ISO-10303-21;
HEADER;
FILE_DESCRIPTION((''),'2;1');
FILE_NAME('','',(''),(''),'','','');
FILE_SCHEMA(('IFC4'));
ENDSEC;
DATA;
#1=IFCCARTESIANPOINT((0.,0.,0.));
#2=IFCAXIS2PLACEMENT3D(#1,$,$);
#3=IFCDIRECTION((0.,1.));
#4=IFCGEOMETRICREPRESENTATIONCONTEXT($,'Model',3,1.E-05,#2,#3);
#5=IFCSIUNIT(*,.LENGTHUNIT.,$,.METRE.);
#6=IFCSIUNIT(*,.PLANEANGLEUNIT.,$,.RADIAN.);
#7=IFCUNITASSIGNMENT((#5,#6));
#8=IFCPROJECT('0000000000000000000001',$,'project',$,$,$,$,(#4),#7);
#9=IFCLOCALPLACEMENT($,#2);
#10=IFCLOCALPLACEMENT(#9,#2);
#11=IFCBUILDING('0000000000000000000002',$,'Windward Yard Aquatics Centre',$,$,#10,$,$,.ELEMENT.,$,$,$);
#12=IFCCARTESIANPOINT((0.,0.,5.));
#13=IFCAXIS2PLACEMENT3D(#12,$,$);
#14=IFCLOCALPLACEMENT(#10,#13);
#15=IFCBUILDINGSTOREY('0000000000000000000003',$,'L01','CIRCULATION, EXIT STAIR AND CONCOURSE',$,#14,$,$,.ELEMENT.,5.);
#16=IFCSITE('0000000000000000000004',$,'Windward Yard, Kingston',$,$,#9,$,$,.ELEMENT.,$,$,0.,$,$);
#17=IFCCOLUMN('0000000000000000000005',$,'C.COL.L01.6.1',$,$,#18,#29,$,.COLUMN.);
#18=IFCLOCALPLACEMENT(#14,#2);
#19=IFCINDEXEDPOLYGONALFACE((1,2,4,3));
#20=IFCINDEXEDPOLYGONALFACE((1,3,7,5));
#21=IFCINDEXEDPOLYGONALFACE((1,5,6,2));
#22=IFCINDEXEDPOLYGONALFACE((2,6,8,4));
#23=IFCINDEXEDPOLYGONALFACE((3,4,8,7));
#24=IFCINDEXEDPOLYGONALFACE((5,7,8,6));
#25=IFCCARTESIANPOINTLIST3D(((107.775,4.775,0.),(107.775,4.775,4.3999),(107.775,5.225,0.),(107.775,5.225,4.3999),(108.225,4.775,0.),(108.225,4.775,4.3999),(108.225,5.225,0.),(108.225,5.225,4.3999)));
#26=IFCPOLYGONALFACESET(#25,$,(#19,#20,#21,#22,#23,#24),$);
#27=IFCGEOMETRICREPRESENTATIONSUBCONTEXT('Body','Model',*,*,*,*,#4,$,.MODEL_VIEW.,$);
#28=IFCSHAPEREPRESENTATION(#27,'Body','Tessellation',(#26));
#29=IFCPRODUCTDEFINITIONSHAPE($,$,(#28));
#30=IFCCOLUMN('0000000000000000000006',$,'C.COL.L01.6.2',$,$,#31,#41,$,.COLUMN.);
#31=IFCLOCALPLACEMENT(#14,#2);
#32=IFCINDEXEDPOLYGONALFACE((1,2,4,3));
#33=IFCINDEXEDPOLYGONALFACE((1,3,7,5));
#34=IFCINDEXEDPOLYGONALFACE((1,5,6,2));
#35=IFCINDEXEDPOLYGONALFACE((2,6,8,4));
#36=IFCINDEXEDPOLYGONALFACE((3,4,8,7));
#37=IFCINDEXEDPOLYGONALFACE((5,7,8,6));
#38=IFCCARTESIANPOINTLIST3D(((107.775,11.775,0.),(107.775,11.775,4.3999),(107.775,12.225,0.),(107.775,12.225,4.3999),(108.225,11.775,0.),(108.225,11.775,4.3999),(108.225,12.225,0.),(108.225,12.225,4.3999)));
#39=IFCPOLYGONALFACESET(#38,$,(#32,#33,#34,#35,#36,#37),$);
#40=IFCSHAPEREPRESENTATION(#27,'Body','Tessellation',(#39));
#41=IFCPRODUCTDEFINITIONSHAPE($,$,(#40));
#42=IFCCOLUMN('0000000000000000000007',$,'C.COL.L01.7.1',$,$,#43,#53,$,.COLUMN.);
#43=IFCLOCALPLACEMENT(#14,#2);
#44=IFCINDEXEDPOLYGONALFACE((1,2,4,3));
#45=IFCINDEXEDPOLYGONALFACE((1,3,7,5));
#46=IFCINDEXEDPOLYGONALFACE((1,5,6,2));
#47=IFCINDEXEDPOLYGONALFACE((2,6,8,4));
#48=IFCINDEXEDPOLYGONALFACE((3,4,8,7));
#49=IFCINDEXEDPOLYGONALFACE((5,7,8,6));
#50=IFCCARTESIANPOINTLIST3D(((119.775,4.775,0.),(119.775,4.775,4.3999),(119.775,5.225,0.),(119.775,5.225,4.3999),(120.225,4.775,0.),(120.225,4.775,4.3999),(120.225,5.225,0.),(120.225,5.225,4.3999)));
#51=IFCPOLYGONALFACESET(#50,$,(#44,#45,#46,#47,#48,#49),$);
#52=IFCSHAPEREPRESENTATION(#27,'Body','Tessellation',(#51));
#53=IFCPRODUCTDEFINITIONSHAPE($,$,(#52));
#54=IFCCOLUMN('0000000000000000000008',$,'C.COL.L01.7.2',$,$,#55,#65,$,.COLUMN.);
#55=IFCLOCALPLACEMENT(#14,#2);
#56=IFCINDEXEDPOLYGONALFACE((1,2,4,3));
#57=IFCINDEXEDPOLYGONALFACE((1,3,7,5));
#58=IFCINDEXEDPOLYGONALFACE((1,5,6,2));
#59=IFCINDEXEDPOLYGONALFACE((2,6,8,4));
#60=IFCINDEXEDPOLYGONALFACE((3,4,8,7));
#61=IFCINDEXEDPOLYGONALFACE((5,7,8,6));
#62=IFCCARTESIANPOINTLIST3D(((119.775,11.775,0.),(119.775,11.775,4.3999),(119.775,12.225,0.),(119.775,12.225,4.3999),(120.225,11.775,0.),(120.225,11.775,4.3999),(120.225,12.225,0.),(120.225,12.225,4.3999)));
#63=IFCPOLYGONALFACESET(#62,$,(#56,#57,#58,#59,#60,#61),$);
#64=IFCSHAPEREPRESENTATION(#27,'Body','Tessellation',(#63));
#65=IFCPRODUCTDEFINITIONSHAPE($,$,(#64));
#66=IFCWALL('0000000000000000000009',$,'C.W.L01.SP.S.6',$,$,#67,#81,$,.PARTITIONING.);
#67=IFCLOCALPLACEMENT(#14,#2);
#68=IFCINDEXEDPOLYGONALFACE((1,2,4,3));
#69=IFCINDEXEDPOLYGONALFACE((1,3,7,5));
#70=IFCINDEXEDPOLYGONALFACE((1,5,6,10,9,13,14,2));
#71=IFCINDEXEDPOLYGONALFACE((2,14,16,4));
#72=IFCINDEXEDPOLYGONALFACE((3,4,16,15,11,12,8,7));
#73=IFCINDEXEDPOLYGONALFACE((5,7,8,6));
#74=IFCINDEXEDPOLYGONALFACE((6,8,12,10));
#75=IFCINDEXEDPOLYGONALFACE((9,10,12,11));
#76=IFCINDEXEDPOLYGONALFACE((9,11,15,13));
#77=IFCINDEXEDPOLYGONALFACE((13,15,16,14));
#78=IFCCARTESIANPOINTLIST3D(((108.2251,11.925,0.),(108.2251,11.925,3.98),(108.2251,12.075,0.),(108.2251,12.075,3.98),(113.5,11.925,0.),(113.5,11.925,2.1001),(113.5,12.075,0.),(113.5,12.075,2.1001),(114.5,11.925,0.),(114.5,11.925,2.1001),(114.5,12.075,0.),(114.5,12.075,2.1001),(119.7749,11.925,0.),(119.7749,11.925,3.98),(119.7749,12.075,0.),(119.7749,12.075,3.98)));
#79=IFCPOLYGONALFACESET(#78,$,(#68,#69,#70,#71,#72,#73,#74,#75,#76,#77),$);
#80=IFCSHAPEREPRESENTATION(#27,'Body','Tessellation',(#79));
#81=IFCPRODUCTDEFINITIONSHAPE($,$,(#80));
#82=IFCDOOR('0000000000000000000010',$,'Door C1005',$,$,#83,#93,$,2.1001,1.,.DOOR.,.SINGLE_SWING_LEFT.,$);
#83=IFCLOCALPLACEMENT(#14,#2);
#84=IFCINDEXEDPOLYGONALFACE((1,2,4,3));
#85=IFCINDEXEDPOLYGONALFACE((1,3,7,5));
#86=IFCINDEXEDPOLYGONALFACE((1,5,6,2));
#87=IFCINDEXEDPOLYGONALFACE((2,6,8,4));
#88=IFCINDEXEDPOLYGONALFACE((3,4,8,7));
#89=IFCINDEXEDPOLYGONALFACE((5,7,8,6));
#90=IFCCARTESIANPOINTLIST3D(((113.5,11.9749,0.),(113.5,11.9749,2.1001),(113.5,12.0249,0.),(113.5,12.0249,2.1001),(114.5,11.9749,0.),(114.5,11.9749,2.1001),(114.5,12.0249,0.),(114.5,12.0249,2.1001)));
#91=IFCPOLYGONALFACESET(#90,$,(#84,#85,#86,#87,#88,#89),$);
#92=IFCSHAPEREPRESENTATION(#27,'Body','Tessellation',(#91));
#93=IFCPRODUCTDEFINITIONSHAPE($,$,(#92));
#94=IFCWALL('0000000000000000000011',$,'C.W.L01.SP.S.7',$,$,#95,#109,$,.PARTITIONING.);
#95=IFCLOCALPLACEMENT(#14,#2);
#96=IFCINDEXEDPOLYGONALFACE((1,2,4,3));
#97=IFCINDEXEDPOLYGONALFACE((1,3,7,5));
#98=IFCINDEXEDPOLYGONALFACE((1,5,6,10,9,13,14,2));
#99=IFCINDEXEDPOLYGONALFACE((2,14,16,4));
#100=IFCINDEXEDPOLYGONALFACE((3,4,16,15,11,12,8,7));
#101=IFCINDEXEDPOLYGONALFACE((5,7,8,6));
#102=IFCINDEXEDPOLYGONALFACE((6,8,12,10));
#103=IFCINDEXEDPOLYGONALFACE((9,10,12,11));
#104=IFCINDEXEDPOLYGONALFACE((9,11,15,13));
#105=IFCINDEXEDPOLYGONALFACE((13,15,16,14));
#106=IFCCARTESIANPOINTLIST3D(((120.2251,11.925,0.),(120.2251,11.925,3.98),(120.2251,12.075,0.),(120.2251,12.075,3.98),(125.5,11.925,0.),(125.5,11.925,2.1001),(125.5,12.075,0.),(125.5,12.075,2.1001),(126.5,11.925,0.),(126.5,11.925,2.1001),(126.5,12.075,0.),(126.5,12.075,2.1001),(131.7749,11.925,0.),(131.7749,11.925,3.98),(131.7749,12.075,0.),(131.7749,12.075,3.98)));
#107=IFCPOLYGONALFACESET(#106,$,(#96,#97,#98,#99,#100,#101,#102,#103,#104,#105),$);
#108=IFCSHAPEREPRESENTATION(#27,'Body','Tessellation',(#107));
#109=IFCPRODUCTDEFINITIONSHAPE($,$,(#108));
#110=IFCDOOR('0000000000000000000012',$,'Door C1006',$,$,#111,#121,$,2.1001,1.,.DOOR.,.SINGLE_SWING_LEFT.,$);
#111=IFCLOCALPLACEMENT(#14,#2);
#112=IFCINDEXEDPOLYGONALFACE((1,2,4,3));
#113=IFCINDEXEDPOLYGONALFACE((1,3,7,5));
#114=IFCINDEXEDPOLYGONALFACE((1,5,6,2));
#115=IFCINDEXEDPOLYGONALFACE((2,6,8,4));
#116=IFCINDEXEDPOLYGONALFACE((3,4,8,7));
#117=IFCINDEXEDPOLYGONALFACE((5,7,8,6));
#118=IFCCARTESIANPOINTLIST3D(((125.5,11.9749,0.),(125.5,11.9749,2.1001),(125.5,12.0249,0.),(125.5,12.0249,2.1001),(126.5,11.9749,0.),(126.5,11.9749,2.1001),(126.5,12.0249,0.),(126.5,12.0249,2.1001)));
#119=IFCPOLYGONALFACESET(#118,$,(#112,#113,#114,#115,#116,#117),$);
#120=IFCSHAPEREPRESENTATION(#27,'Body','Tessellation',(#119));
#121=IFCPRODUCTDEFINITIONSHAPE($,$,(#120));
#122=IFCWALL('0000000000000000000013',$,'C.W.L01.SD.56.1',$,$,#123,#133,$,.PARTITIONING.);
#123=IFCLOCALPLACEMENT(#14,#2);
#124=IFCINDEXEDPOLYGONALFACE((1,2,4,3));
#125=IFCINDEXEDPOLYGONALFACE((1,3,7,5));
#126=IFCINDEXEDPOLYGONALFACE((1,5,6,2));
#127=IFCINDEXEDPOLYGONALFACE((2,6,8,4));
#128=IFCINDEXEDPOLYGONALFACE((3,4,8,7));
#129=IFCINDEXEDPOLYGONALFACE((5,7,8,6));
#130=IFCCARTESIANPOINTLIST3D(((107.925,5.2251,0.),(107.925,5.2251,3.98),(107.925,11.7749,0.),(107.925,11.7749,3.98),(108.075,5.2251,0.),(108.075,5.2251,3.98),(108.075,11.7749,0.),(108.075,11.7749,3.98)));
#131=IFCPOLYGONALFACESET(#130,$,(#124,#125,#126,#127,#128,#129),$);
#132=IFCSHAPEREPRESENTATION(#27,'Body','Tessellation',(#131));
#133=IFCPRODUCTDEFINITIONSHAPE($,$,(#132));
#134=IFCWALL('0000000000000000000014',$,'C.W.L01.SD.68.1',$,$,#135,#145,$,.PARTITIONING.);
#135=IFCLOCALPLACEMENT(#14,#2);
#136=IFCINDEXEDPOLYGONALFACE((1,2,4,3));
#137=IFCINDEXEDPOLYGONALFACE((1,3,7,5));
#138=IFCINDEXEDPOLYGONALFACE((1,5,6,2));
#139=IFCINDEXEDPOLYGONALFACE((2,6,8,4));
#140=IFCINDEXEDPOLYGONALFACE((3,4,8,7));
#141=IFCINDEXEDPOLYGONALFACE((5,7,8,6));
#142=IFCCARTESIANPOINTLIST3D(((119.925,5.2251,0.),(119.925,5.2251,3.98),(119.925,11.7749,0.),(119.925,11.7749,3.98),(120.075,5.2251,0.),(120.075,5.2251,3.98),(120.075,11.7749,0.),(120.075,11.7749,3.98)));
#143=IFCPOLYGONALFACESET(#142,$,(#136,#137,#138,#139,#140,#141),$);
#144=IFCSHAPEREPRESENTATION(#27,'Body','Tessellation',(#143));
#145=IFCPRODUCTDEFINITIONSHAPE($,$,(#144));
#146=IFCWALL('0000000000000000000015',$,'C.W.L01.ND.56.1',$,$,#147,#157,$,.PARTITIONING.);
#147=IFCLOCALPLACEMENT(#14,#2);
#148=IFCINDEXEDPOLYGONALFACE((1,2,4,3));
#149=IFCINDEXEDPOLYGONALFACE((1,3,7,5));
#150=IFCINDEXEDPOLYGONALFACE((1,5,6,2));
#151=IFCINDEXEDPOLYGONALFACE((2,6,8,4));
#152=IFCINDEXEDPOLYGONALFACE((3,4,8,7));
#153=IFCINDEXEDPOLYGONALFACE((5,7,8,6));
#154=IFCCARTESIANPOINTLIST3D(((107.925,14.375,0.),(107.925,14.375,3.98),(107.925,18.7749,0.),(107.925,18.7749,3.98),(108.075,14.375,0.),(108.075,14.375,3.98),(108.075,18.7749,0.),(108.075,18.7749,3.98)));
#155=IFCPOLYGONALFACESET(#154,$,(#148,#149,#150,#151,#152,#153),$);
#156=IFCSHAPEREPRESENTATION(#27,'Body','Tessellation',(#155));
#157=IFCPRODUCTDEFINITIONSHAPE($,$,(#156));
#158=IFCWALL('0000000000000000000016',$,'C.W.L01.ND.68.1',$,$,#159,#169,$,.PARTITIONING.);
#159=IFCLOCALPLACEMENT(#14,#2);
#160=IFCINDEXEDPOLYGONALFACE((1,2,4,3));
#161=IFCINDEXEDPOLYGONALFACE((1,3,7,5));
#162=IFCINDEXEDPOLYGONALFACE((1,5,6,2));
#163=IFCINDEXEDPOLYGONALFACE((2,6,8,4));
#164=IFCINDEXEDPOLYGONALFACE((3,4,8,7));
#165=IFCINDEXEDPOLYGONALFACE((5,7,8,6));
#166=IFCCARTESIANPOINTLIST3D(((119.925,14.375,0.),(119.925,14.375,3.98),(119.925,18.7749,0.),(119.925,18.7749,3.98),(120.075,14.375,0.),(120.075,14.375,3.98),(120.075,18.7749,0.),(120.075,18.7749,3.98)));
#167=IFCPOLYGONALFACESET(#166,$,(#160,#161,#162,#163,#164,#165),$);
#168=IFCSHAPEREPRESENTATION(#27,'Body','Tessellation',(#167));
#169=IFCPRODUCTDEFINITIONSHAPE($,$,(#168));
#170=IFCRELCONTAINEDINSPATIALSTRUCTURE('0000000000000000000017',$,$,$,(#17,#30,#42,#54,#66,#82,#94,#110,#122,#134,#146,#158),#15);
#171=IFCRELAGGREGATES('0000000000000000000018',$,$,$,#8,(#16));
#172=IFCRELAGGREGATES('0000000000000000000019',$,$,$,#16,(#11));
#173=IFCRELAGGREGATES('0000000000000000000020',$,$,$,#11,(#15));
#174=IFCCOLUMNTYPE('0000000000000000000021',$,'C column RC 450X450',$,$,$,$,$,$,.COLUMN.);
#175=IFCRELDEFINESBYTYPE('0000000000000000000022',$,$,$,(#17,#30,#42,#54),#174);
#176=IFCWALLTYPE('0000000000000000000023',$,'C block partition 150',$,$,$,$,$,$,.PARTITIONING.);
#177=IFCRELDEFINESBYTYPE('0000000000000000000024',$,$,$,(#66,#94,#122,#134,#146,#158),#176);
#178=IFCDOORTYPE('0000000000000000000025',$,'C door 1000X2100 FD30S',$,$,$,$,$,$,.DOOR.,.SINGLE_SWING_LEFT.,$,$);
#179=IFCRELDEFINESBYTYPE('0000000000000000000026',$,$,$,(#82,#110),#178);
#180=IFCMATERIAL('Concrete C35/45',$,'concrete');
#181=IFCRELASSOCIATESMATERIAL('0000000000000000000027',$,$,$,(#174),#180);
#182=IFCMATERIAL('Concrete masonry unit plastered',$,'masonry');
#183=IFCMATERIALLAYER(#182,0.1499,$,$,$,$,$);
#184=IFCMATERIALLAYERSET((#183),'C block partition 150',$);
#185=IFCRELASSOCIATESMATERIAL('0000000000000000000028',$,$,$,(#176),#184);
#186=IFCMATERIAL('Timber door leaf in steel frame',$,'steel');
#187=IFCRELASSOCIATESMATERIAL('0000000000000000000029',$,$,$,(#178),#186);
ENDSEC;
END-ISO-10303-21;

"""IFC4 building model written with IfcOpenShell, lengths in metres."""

from ifc_helpers import new_model, si_unit, direction, frame, frame_2d, origin, origin_2d, place, context, subcontext, project, spatial, rectangle, extrude, material, layer, layer_set, material_profile, profile_set, type_object, element, fill, save


model = new_model("IFC4")

# Units and contexts
model_context = context("Model", 3, precision=1e-05, world=origin(), true_north=direction((0.0, 1.0)))
body_context = subcontext(model_context, "Body", "Model", "MODEL_VIEW")
ifc_project = project(units=[si_unit("LENGTHUNIT", "METRE"), si_unit("PLANEANGLEUNIT", "RADIAN")], contexts=[model_context])

# Site, building, storey
site_placement = place(None, origin())
site = spatial("IfcSite", under=ifc_project, at=site_placement, Name="Windward Yard, Kingston", CompositionType="ELEMENT", RefElevation=0.0)
building_placement = place(site_placement, origin())
building = spatial("IfcBuilding", under=site, at=building_placement, Name="Windward Yard Aquatics Centre", CompositionType="ELEMENT")
storey_placement = place(building_placement, frame((0.0, 0.0, 5.0)))
storey = spatial("IfcBuildingStorey", under=building, at=storey_placement, Name="L01", Description="CIRCULATION, EXIT STAIR AND CONCOURSE", CompositionType="ELEMENT", Elevation=5.0)

# Columns
ifc_material_1 = material(Name="Concrete C35/45", Category="concrete")
ifc_material_profile = material_profile(ifc_material_1, rectangle(XDim=0.45, YDim=0.45, at=origin_2d()), Name="RC 450X450")
ifc_profile_set = profile_set([ifc_material_profile], Name="Concrete C35/45")
column_type = type_object("IfcColumnType", Name="C column RC 450X450", PredefinedType="COLUMN", material=ifc_profile_set)
for number, where, z_axis, x_axis, name in (
    (1, (108.0, 5.0, 0.0), (0.0, 0.0, 1.0), (1.0, 0.0, 0.0), "C.COL.L01.6.1"),
    (2, (108.0, 12.0, 0.0), (0.0, 0.0, 1.0), (1.0, 0.0, 0.0), "C.COL.L01.6.2"),
    (3, (120.0, 5.0, 0.0), (0.0, 0.0, 1.0), (1.0, 0.0, 0.0), "C.COL.L01.7.1"),
    (4, (120.0, 12.0, 0.0), (0.0, 0.0, 1.0), (1.0, 0.0, 0.0), "C.COL.L01.7.2"),
):
    element("IfcColumn", number, at=place(storey_placement, frame(where, z_axis=z_axis, x_axis=x_axis)), inside=storey, type_object=column_type, Name=name, PredefinedType="COLUMN", context=body_context, shape_type="SweptSolid", body=[
        extrude(rectangle(XDim=0.45, YDim=0.45, at=origin_2d()), origin(), (0.0, 0.0, 1.0), 4.3999),
    ])

# Walls, openings, doors
ifc_material_2 = material(Name="Concrete masonry unit plastered", Category="masonry")
ifc_layer_1 = layer(ifc_material_2, 0.1499)
ifc_layer_set_1 = layer_set([ifc_layer_1], Name="C block partition 150")
wall_type_1 = type_object("IfcWallType", Name="C block partition 150", PredefinedType="PARTITIONING", material=ifc_layer_set_1)
wall_1_placement = place(storey_placement, frame((108.2251, 12.0, 0.0), z_axis=(0.0, 0.0, 1.0), x_axis=(1.0, 0.0, 0.0)))
wall_1 = element("IfcWall", 5, at=wall_1_placement, inside=storey, type_object=wall_type_1, Name="C.W.L01.SP.S.6", PredefinedType="PARTITIONING", context=body_context, shape_type="SweptSolid", body=[
    extrude(rectangle(XDim=11.5498, YDim=0.1499, at=frame_2d((5.7749, 0.0))), origin(), (0.0, 0.0, 1.0), 3.98),
])
opening_1_placement = place(wall_1_placement, frame((5.2749, 0.0, 0.0)))
opening_1 = element("IfcOpeningElement", 6, at=opening_1_placement, cuts=wall_1, PredefinedType="OPENING", context=body_context, shape_type="SweptSolid", body=[
    extrude(rectangle(XDim=1.0, YDim=2.1001, at=frame_2d((0.5, 1.05))), frame((0.0, 0.085, 0.0), z_axis=(0.0, -1.0, 0.0), x_axis=(1.0, 0.0, 0.0)), (0.0, 0.0, 1.0), 0.1699),
])
ifc_material_3 = material(Name="Timber door leaf in steel frame", Category="steel")
door_type = type_object("IfcDoorType", Name="C door 1000X2100 FD30S", OperationType="SINGLE_SWING_LEFT", PredefinedType="DOOR", material=ifc_material_3)
door_1_placement = place(opening_1_placement, origin())
door_1 = element("IfcDoor", 7, at=door_1_placement, inside=storey, type_object=door_type, Name="Door C1005", OperationType="SINGLE_SWING_LEFT", OverallHeight=2.1001, OverallWidth=1.0, PredefinedType="DOOR", context=body_context, shape_type="SweptSolid", body=[
    extrude(rectangle(XDim=1.0, YDim=2.1001, at=frame_2d((0.5, 1.05))), frame((0.0, 0.0249, 0.0), z_axis=(0.0, -1.0, 0.0), x_axis=(1.0, 0.0, 0.0)), (0.0, 0.0, 1.0), 0.05),
])
fill(opening_1, door_1)
wall_2_placement = place(storey_placement, frame((120.2251, 12.0, 0.0), z_axis=(0.0, 0.0, 1.0), x_axis=(1.0, 0.0, 0.0)))
wall_2 = element("IfcWall", 8, at=wall_2_placement, inside=storey, type_object=wall_type_1, Name="C.W.L01.SP.S.7", PredefinedType="PARTITIONING", context=body_context, shape_type="SweptSolid", body=[
    extrude(rectangle(XDim=11.5498, YDim=0.1499, at=frame_2d((5.7749, 0.0))), origin(), (0.0, 0.0, 1.0), 3.98),
])
opening_2_placement = place(wall_2_placement, frame((5.2749, 0.0, 0.0)))
opening_2 = element("IfcOpeningElement", 9, at=opening_2_placement, cuts=wall_2, PredefinedType="OPENING", context=body_context, shape_type="SweptSolid", body=[
    extrude(rectangle(XDim=1.0, YDim=2.1001, at=frame_2d((0.5, 1.05))), frame((0.0, 0.085, 0.0), z_axis=(0.0, -1.0, 0.0), x_axis=(1.0, 0.0, 0.0)), (0.0, 0.0, 1.0), 0.1699),
])
door_2_placement = place(opening_2_placement, origin())
door_2 = element("IfcDoor", 10, at=door_2_placement, inside=storey, type_object=door_type, Name="Door C1006", OperationType="SINGLE_SWING_LEFT", OverallHeight=2.1001, OverallWidth=1.0, PredefinedType="DOOR", context=body_context, shape_type="SweptSolid", body=[
    extrude(rectangle(XDim=1.0, YDim=2.1001, at=frame_2d((0.5, 1.05))), frame((0.0, 0.0249, 0.0), z_axis=(0.0, -1.0, 0.0), x_axis=(1.0, 0.0, 0.0)), (0.0, 0.0, 1.0), 0.05),
])
fill(opening_2, door_2)

# Walls
for number, where, z_axis, x_axis, name in (
    (11, (108.0, 5.2251, 0.0), (0.0, 0.0, 1.0), (0.0, 1.0, 0.0), "C.W.L01.SD.56.1"),
    (12, (120.0, 5.2251, 0.0), (0.0, 0.0, 1.0), (0.0, 1.0, 0.0), "C.W.L01.SD.68.1"),
):
    element("IfcWall", number, at=place(storey_placement, frame(where, z_axis=z_axis, x_axis=x_axis)), inside=storey, type_object=wall_type_1, Name=name, PredefinedType="PARTITIONING", context=body_context, shape_type="SweptSolid", body=[
        extrude(rectangle(XDim=6.5498, YDim=0.1499, at=frame_2d((3.2749, 0.0))), origin(), (0.0, 0.0, 1.0), 3.98),
    ])
for number, where, z_axis, x_axis, name in (
    (13, (108.0, 14.375, 0.0), (0.0, 0.0, 1.0), (0.0, 1.0, 0.0), "C.W.L01.ND.56.1"),
    (14, (120.0, 14.375, 0.0), (0.0, 0.0, 1.0), (0.0, 1.0, 0.0), "C.W.L01.ND.68.1"),
):
    element("IfcWall", number, at=place(storey_placement, frame(where, z_axis=z_axis, x_axis=x_axis)), inside=storey, type_object=wall_type_1, Name=name, PredefinedType="PARTITIONING", context=body_context, shape_type="SweptSolid", body=[
        extrude(rectangle(XDim=4.3999, YDim=0.1499, at=frame_2d((2.2, 0.0))), origin(), (0.0, 0.0, 1.0), 3.98),
    ])

save(model, "model.ifc")
